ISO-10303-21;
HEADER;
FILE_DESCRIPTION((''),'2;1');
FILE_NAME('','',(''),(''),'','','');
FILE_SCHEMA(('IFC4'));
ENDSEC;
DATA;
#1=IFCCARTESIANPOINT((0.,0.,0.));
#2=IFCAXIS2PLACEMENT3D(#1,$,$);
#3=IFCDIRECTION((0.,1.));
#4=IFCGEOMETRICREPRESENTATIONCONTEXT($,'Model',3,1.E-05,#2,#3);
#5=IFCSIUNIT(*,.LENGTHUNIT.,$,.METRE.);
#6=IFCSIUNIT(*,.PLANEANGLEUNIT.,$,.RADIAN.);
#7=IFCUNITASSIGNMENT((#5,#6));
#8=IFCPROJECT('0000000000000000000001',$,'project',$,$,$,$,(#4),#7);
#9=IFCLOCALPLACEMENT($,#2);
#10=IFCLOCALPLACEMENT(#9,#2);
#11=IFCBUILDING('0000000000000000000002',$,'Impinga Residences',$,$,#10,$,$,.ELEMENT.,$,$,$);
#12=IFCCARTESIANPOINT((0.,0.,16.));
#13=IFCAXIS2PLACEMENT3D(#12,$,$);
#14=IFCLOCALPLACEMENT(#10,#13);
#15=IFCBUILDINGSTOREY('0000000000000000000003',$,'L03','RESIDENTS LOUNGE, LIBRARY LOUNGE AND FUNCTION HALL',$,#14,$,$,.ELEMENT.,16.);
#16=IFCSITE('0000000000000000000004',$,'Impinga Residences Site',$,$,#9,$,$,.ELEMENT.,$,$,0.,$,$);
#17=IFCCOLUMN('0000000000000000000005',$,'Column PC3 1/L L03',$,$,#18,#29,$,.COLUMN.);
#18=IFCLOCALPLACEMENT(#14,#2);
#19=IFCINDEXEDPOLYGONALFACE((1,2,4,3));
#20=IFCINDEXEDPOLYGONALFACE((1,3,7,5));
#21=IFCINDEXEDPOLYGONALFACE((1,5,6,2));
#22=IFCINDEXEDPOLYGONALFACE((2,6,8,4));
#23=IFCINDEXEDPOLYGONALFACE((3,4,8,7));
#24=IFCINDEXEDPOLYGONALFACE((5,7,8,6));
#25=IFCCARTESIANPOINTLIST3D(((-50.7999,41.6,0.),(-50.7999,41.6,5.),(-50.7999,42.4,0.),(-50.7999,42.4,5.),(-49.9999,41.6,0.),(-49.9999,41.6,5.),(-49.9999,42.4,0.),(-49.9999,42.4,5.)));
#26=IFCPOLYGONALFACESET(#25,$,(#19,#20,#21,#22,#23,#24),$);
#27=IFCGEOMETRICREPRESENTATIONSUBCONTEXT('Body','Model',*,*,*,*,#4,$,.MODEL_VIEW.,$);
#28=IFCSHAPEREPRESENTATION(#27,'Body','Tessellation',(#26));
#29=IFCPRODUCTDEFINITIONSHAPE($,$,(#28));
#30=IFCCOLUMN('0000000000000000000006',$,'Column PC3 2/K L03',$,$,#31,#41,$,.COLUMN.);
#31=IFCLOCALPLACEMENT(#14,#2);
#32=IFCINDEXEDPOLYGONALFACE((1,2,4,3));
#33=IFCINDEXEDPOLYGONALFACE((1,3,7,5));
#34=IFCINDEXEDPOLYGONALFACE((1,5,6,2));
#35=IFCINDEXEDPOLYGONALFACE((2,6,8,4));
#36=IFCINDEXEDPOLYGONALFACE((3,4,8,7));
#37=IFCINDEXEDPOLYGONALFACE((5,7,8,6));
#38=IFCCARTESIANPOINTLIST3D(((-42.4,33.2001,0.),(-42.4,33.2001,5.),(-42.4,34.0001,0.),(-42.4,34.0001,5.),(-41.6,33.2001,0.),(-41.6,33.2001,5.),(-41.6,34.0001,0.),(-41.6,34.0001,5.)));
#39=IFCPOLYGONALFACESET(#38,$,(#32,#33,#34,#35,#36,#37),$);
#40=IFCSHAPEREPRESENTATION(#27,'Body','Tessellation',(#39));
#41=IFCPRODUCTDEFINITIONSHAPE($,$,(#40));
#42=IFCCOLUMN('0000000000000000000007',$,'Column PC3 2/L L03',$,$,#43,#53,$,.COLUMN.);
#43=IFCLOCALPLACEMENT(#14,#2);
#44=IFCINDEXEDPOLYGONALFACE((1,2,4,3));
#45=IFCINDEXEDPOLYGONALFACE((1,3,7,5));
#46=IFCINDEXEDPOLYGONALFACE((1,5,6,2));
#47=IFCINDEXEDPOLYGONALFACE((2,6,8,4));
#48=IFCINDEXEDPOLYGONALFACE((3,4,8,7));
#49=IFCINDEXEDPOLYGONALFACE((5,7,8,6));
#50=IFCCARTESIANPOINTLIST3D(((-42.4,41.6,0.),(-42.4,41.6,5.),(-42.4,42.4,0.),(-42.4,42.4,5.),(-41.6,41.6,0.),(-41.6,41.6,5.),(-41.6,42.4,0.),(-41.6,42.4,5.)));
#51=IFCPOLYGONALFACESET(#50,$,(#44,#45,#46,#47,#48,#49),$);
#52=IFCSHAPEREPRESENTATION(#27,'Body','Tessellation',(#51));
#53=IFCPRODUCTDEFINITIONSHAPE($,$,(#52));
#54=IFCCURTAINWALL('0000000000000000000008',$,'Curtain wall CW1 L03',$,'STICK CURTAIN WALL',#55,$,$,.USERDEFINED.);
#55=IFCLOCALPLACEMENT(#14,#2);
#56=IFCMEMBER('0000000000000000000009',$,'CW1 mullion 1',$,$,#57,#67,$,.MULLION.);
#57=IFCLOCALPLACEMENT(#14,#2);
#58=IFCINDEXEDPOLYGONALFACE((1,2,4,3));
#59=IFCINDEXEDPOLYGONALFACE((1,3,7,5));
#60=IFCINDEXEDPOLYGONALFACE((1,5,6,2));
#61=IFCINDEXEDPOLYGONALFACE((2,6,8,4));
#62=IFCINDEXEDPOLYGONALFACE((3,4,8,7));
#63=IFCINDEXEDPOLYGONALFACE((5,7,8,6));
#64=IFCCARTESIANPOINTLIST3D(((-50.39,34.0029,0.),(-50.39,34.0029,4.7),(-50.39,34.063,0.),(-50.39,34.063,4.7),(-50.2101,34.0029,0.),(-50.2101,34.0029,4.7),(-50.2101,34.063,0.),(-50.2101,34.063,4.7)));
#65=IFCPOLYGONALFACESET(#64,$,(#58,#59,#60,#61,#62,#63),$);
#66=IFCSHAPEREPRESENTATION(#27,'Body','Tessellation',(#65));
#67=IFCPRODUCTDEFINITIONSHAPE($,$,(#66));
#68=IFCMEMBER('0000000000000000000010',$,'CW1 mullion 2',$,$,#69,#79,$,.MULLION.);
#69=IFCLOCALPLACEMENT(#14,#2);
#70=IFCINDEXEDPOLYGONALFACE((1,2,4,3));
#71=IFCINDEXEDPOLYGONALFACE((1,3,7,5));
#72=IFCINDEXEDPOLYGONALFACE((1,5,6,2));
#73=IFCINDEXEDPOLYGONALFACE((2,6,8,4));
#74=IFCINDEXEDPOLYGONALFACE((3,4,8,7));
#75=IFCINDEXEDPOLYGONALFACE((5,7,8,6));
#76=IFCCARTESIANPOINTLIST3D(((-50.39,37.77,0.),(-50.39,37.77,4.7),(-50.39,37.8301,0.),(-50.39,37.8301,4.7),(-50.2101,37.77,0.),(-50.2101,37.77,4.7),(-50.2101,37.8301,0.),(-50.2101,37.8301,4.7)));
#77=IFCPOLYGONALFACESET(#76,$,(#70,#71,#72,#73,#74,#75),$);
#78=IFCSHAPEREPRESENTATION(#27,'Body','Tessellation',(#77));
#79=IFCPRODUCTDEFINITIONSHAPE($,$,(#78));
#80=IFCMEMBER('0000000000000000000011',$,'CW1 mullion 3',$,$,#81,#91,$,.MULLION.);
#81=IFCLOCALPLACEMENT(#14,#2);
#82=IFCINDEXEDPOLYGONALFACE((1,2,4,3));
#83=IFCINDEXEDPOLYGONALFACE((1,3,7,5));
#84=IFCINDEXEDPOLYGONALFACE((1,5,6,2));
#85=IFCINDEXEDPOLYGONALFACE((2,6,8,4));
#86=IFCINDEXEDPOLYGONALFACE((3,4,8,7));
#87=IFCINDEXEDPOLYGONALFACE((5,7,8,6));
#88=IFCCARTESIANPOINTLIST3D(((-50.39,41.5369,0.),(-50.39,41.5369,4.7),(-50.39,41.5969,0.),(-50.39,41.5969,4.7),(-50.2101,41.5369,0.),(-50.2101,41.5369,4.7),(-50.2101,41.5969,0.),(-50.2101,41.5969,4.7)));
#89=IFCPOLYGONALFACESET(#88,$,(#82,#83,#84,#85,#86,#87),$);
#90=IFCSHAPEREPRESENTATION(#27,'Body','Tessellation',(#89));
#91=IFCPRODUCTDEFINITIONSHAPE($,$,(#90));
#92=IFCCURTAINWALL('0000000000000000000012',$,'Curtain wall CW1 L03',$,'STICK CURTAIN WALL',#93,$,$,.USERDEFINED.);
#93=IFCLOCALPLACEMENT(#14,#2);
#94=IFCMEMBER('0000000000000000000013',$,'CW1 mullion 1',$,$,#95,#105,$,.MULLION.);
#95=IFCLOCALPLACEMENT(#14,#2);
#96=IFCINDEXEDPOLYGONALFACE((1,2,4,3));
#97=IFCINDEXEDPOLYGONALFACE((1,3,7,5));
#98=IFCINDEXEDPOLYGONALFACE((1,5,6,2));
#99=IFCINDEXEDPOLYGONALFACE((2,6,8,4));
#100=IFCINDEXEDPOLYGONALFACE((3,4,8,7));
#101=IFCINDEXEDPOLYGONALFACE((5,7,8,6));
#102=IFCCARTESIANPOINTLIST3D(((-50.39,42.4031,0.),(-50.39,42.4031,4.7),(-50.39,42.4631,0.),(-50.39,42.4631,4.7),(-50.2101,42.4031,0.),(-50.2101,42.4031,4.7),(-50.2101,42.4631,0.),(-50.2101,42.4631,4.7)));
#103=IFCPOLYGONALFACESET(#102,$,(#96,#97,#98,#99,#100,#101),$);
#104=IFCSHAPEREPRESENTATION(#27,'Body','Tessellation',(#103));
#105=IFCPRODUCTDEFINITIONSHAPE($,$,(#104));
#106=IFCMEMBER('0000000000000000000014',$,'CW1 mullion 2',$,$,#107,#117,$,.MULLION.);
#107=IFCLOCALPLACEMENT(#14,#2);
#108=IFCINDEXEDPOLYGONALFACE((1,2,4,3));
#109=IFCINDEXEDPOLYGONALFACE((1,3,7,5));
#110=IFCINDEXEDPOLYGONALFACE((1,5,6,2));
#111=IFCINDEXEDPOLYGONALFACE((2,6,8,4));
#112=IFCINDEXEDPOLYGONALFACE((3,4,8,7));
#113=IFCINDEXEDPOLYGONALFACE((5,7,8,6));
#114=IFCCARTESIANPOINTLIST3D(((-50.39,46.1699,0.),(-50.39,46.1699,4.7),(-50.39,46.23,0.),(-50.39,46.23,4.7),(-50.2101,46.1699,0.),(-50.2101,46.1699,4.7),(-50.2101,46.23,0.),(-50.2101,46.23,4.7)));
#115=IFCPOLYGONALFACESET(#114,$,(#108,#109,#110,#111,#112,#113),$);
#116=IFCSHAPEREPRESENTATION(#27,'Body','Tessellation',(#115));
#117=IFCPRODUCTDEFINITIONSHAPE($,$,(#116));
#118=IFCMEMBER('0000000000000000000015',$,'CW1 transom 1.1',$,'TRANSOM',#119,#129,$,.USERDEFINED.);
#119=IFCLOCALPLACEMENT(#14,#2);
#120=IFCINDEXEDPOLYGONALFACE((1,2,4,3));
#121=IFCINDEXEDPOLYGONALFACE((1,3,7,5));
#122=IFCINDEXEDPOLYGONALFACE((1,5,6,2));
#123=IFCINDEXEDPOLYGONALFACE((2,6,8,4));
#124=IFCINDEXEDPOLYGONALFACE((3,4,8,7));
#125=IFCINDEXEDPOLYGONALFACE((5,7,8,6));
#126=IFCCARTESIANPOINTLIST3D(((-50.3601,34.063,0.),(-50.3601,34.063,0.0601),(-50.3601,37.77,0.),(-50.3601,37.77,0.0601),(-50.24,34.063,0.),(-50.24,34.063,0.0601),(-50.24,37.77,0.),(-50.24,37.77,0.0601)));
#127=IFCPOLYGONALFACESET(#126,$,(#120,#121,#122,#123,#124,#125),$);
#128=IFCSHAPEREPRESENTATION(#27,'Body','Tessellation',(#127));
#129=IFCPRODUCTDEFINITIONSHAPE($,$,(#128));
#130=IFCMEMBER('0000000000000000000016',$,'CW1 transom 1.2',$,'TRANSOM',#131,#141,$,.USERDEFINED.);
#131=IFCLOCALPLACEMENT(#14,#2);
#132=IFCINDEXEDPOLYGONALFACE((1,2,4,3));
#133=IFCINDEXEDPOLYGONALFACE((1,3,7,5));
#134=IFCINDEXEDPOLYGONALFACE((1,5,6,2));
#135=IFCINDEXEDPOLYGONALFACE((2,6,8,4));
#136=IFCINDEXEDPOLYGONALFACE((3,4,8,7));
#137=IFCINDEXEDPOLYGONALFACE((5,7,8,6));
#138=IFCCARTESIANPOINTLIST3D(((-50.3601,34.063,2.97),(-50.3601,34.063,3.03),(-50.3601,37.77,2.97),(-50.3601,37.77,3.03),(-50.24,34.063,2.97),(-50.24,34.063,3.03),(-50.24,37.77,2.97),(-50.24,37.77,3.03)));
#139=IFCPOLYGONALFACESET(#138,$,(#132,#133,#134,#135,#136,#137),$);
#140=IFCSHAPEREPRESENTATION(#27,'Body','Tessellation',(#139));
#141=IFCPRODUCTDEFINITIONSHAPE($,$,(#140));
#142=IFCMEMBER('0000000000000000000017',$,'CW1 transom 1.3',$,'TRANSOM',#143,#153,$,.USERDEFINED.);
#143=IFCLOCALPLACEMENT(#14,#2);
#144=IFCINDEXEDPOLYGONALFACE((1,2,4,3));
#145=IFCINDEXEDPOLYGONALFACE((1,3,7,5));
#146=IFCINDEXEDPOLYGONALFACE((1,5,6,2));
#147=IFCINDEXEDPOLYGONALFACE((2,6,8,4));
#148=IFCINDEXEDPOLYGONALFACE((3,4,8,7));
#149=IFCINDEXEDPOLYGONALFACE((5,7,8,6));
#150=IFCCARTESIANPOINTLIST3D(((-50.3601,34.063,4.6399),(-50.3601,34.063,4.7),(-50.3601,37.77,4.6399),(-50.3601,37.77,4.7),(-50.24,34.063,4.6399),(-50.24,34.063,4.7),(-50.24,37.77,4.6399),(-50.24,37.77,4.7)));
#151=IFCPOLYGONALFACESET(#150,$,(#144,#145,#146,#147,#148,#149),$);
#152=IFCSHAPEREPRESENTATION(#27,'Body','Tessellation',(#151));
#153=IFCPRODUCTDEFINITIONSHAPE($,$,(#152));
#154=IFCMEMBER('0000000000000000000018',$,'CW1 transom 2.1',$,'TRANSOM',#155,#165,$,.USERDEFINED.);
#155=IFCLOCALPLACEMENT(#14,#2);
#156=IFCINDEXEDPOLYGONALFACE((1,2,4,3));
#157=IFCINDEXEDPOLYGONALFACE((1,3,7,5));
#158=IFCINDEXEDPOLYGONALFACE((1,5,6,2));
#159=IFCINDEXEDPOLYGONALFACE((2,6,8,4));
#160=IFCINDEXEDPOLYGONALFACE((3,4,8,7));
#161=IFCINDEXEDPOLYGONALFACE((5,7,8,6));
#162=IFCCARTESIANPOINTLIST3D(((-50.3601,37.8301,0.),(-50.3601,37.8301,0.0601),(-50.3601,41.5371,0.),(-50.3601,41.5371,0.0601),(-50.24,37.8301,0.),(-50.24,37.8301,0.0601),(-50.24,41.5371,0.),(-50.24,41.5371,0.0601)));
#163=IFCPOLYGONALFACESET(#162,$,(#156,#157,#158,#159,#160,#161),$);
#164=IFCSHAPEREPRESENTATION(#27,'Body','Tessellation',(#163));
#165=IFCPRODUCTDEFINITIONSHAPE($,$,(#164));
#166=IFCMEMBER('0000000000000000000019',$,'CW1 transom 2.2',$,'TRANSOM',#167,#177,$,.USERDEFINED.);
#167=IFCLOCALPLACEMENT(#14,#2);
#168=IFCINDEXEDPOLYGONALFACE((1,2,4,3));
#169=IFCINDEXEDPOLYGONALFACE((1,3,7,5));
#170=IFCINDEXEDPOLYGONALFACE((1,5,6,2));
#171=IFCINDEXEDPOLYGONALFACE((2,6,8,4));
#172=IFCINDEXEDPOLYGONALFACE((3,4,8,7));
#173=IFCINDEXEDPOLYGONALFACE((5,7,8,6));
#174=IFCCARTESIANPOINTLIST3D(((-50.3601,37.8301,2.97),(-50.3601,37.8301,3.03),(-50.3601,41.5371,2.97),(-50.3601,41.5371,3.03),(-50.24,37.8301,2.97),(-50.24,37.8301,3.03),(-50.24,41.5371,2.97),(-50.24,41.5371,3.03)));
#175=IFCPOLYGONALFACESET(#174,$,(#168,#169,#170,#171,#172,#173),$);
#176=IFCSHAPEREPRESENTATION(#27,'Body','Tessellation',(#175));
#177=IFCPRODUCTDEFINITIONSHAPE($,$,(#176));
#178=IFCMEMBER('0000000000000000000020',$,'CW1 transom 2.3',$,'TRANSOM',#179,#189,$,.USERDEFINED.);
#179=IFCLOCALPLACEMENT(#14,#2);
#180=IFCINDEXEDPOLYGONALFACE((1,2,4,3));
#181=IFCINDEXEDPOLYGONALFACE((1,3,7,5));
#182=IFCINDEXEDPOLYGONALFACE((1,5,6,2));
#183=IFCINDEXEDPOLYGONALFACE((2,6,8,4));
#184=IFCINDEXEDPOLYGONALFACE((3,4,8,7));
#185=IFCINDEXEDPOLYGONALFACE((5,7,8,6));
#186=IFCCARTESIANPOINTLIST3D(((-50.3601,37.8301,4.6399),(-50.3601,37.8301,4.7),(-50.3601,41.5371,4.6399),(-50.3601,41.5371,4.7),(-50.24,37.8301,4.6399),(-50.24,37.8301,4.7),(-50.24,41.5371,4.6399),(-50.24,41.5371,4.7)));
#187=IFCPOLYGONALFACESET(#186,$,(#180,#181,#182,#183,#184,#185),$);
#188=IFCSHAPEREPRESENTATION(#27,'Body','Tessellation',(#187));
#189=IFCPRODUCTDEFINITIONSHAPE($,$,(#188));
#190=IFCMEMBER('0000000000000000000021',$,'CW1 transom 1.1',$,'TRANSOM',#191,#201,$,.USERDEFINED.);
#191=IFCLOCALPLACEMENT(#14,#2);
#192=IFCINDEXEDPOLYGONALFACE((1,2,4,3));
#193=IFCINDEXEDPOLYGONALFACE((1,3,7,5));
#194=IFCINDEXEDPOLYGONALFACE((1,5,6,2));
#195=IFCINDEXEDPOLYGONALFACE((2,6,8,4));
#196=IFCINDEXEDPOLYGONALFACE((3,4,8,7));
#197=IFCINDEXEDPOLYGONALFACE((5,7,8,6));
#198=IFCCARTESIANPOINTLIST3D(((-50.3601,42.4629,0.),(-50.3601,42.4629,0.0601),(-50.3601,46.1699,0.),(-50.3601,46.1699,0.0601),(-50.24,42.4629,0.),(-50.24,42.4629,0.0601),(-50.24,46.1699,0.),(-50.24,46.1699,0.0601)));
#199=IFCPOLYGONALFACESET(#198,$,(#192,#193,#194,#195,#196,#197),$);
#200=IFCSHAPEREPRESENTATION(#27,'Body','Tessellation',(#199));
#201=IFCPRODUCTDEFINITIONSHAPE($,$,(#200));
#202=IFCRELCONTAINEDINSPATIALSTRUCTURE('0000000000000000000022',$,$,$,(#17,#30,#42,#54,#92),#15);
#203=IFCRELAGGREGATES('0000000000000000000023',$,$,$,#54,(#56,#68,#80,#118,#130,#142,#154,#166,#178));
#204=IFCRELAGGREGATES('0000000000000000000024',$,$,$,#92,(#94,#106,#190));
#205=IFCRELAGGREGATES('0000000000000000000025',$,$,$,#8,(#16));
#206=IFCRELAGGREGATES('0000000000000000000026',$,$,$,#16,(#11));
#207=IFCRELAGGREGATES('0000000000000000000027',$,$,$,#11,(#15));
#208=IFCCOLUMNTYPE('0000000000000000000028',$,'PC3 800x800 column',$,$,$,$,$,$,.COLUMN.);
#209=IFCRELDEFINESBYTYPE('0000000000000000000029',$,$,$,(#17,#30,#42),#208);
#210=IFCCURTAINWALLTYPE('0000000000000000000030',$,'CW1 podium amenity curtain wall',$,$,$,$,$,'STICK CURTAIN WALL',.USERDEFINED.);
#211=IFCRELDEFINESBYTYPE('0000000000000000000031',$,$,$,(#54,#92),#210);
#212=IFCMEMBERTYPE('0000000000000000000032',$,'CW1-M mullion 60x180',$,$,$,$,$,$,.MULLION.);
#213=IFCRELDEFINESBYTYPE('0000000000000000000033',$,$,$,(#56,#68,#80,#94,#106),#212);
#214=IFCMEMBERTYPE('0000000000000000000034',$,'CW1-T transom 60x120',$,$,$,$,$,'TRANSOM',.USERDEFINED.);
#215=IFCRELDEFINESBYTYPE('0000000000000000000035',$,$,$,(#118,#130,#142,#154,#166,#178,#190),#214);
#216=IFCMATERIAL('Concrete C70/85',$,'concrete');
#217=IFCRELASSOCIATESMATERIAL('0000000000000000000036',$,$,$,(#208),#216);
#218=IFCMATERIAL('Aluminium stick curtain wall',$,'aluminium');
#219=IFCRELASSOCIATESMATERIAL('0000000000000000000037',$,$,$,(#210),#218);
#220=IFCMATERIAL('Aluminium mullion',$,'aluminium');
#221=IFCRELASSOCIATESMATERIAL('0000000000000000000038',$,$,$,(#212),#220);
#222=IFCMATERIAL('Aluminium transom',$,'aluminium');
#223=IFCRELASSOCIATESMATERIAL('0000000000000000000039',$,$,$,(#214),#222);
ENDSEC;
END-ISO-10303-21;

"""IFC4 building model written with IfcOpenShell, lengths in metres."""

from ifc_helpers import new_model, si_unit, direction, frame, origin, origin_2d, place, context, subcontext, project, spatial, rectangle, extrude, material, material_profile, profile_set, type_object, element, aggregate, save


model = new_model("IFC4")

# Units and contexts
model_context = context("Model", 3, precision=1e-05, world=origin(), true_north=direction((0.0, 1.0)))
body_context = subcontext(model_context, "Body", "Model", "MODEL_VIEW")
ifc_project = project(units=[si_unit("LENGTHUNIT", "METRE"), si_unit("PLANEANGLEUNIT", "RADIAN")], contexts=[model_context])

# Site, building, storey
site_placement = place(None, origin())
site = spatial("IfcSite", under=ifc_project, at=site_placement, Name="Impinga Residences Site", CompositionType="ELEMENT", RefElevation=0.0)
building_placement = place(site_placement, origin())
building = spatial("IfcBuilding", under=site, at=building_placement, Name="Impinga Residences", CompositionType="ELEMENT")
storey_placement = place(building_placement, frame((0.0, 0.0, 16.0)))
storey = spatial("IfcBuildingStorey", under=building, at=storey_placement, Name="L03", Description="RESIDENTS LOUNGE, LIBRARY LOUNGE AND FUNCTION HALL", CompositionType="ELEMENT", Elevation=16.0)

# Columns
ifc_material_1 = material(Name="Concrete C70/85", Category="concrete")
ifc_material_profile_1 = material_profile(ifc_material_1, rectangle(XDim=0.8, YDim=0.8, at=origin_2d()), Name="RC 800x800")
ifc_profile_set_1 = profile_set([ifc_material_profile_1], Name="Concrete C70/85")
column_type = type_object("IfcColumnType", Name="PC3 800x800 column", PredefinedType="COLUMN", material=ifc_profile_set_1)
for number, where, z_axis, x_axis, name in (
    (1, (-50.3999, 42.0, 0.0), (0.0, 0.0, 1.0), (1.0, 0.0, 0.0), "Column PC3 1/L L03"),
    (2, (-42.0, 33.6001, 0.0), (0.0, 0.0, 1.0), (1.0, 0.0, 0.0), "Column PC3 2/K L03"),
    (3, (-42.0, 42.0, 0.0), (0.0, 0.0, 1.0), (1.0, 0.0, 0.0), "Column PC3 2/L L03"),
):
    element("IfcColumn", number, at=place(storey_placement, frame(where, z_axis=z_axis, x_axis=x_axis)), inside=storey, type_object=column_type, Name=name, PredefinedType="COLUMN", context=body_context, shape_type="SweptSolid", body=[
        extrude(rectangle(XDim=0.8, YDim=0.8, at=origin_2d()), origin(), (0.0, 0.0, 1.0), 5.0),
    ])

# Curtain walls, members
ifc_material_2 = material(Name="Aluminium stick curtain wall", Category="aluminium")
curtain_wall_type = type_object("IfcCurtainWallType", Name="CW1 podium amenity curtain wall", ElementType="STICK CURTAIN WALL", PredefinedType="USERDEFINED", material=ifc_material_2)
curtain_wall_1_placement = place(storey_placement, origin())
curtain_wall_1 = element("IfcCurtainWall", 4, at=curtain_wall_1_placement, inside=storey, type_object=curtain_wall_type, Name="Curtain wall CW1 L03", ObjectType="STICK CURTAIN WALL", PredefinedType="USERDEFINED")
ifc_material_3 = material(Name="Aluminium mullion", Category="aluminium")
ifc_material_profile_2 = material_profile(ifc_material_3, rectangle(XDim=0.0601, YDim=0.1799, at=origin_2d()), Name="60x180 mullion")
ifc_profile_set_2 = profile_set([ifc_material_profile_2], Name="Aluminium mullion")
member_type_1 = type_object("IfcMemberType", Name="CW1-M mullion 60x180", PredefinedType="MULLION", material=ifc_profile_set_2)
member_1_placement = place(storey_placement, frame((-50.3, 34.033, 0.0), z_axis=(0.0, 0.0, 1.0), x_axis=(0.0, 1.0, 0.0)))
member_1 = element("IfcMember", 5, at=member_1_placement, type_object=member_type_1, Name="CW1 mullion 1", PredefinedType="MULLION", context=body_context, shape_type="SweptSolid", body=[
    extrude(rectangle(XDim=0.0601, YDim=0.1799, at=origin_2d()), origin(), (0.0, 0.0, 1.0), 4.7),
])
member_2_placement = place(storey_placement, frame((-50.3, 37.8, 0.0), z_axis=(0.0, 0.0, 1.0), x_axis=(0.0, 1.0, 0.0)))
member_2 = element("IfcMember", 6, at=member_2_placement, type_object=member_type_1, Name="CW1 mullion 2", PredefinedType="MULLION", context=body_context, shape_type="SweptSolid", body=[
    extrude(rectangle(XDim=0.0601, YDim=0.1799, at=origin_2d()), origin(), (0.0, 0.0, 1.0), 4.7),
])
member_3_placement = place(storey_placement, frame((-50.3, 41.5669, 0.0), z_axis=(0.0, 0.0, 1.0), x_axis=(0.0, 1.0, 0.0)))
member_3 = element("IfcMember", 7, at=member_3_placement, type_object=member_type_1, Name="CW1 mullion 3", PredefinedType="MULLION", context=body_context, shape_type="SweptSolid", body=[
    extrude(rectangle(XDim=0.0601, YDim=0.1799, at=origin_2d()), origin(), (0.0, 0.0, 1.0), 4.7),
])
curtain_wall_2_placement = place(storey_placement, origin())
curtain_wall_2 = element("IfcCurtainWall", 8, at=curtain_wall_2_placement, inside=storey, type_object=curtain_wall_type, Name="Curtain wall CW1 L03", ObjectType="STICK CURTAIN WALL", PredefinedType="USERDEFINED")
member_4_placement = place(storey_placement, frame((-50.3, 42.4331, 0.0), z_axis=(0.0, 0.0, 1.0), x_axis=(0.0, 1.0, 0.0)))
member_4 = element("IfcMember", 9, at=member_4_placement, type_object=member_type_1, Name="CW1 mullion 1", PredefinedType="MULLION", context=body_context, shape_type="SweptSolid", body=[
    extrude(rectangle(XDim=0.0601, YDim=0.1799, at=origin_2d()), origin(), (0.0, 0.0, 1.0), 4.7),
])
member_5_placement = place(storey_placement, frame((-50.3, 46.2, 0.0), z_axis=(0.0, 0.0, 1.0), x_axis=(0.0, 1.0, 0.0)))
member_5 = element("IfcMember", 10, at=member_5_placement, type_object=member_type_1, Name="CW1 mullion 2", PredefinedType="MULLION", context=body_context, shape_type="SweptSolid", body=[
    extrude(rectangle(XDim=0.0601, YDim=0.1799, at=origin_2d()), origin(), (0.0, 0.0, 1.0), 4.7),
])

# Members
ifc_material_4 = material(Name="Aluminium transom", Category="aluminium")
ifc_material_profile_3 = material_profile(ifc_material_4, rectangle(XDim=0.0601, YDim=0.1201, at=origin_2d()), Name="60x120 transom")
ifc_profile_set_3 = profile_set([ifc_material_profile_3], Name="Aluminium transom")
member_type_2 = type_object("IfcMemberType", Name="CW1-T transom 60x120", ElementType="TRANSOM", PredefinedType="USERDEFINED", material=ifc_profile_set_3)
member_6_placement = place(storey_placement, frame((-50.3, 34.063, 0.03), z_axis=(0.0, 1.0, 0.0), x_axis=(0.0, 0.0, 1.0)))
member_6 = element("IfcMember", 11, at=member_6_placement, type_object=member_type_2, Name="CW1 transom 1.1", ObjectType="TRANSOM", PredefinedType="USERDEFINED", context=body_context, shape_type="SweptSolid", body=[
    extrude(rectangle(XDim=0.0601, YDim=0.1201, at=origin_2d()), origin(), (0.0, 0.0, 1.0), 3.707),
])
member_7_placement = place(storey_placement, frame((-50.3, 34.063, 3.0), z_axis=(0.0, 1.0, 0.0), x_axis=(0.0, 0.0, 1.0)))
member_7 = element("IfcMember", 12, at=member_7_placement, type_object=member_type_2, Name="CW1 transom 1.2", ObjectType="TRANSOM", PredefinedType="USERDEFINED", context=body_context, shape_type="SweptSolid", body=[
    extrude(rectangle(XDim=0.0601, YDim=0.1201, at=origin_2d()), origin(), (0.0, 0.0, 1.0), 3.707),
])
member_8_placement = place(storey_placement, frame((-50.3, 34.063, 4.6699), z_axis=(0.0, 1.0, 0.0), x_axis=(0.0, 0.0, 1.0)))
member_8 = element("IfcMember", 13, at=member_8_placement, type_object=member_type_2, Name="CW1 transom 1.3", ObjectType="TRANSOM", PredefinedType="USERDEFINED", context=body_context, shape_type="SweptSolid", body=[
    extrude(rectangle(XDim=0.0601, YDim=0.1201, at=origin_2d()), origin(), (0.0, 0.0, 1.0), 3.707),
])
member_9_placement = place(storey_placement, frame((-50.3, 37.8301, 0.03), z_axis=(0.0, 1.0, 0.0), x_axis=(0.0, 0.0, 1.0)))
member_9 = element("IfcMember", 14, at=member_9_placement, type_object=member_type_2, Name="CW1 transom 2.1", ObjectType="TRANSOM", PredefinedType="USERDEFINED", context=body_context, shape_type="SweptSolid", body=[
    extrude(rectangle(XDim=0.0601, YDim=0.1201, at=origin_2d()), origin(), (0.0, 0.0, 1.0), 3.707),
])
member_10_placement = place(storey_placement, frame((-50.3, 37.8301, 3.0), z_axis=(0.0, 1.0, 0.0), x_axis=(0.0, 0.0, 1.0)))
member_10 = element("IfcMember", 15, at=member_10_placement, type_object=member_type_2, Name="CW1 transom 2.2", ObjectType="TRANSOM", PredefinedType="USERDEFINED", context=body_context, shape_type="SweptSolid", body=[
    extrude(rectangle(XDim=0.0601, YDim=0.1201, at=origin_2d()), origin(), (0.0, 0.0, 1.0), 3.707),
])
member_11_placement = place(storey_placement, frame((-50.3, 37.8301, 4.6699), z_axis=(0.0, 1.0, 0.0), x_axis=(0.0, 0.0, 1.0)))
member_11 = element("IfcMember", 16, at=member_11_placement, type_object=member_type_2, Name="CW1 transom 2.3", ObjectType="TRANSOM", PredefinedType="USERDEFINED", context=body_context, shape_type="SweptSolid", body=[
    extrude(rectangle(XDim=0.0601, YDim=0.1201, at=origin_2d()), origin(), (0.0, 0.0, 1.0), 3.707),
])
member_12_placement = place(storey_placement, frame((-50.3, 42.4629, 0.03), z_axis=(0.0, 1.0, 0.0), x_axis=(0.0, 0.0, 1.0)))
member_12 = element("IfcMember", 17, at=member_12_placement, type_object=member_type_2, Name="CW1 transom 1.1", ObjectType="TRANSOM", PredefinedType="USERDEFINED", context=body_context, shape_type="SweptSolid", body=[
    extrude(rectangle(XDim=0.0601, YDim=0.1201, at=origin_2d()), origin(), (0.0, 0.0, 1.0), 3.707),
])

aggregate(curtain_wall_1, [member_1, member_2, member_3, member_6, member_7, member_8, member_9, member_10, member_11])
aggregate(curtain_wall_2, [member_4, member_5, member_12])

save(model, "model.ifc")
